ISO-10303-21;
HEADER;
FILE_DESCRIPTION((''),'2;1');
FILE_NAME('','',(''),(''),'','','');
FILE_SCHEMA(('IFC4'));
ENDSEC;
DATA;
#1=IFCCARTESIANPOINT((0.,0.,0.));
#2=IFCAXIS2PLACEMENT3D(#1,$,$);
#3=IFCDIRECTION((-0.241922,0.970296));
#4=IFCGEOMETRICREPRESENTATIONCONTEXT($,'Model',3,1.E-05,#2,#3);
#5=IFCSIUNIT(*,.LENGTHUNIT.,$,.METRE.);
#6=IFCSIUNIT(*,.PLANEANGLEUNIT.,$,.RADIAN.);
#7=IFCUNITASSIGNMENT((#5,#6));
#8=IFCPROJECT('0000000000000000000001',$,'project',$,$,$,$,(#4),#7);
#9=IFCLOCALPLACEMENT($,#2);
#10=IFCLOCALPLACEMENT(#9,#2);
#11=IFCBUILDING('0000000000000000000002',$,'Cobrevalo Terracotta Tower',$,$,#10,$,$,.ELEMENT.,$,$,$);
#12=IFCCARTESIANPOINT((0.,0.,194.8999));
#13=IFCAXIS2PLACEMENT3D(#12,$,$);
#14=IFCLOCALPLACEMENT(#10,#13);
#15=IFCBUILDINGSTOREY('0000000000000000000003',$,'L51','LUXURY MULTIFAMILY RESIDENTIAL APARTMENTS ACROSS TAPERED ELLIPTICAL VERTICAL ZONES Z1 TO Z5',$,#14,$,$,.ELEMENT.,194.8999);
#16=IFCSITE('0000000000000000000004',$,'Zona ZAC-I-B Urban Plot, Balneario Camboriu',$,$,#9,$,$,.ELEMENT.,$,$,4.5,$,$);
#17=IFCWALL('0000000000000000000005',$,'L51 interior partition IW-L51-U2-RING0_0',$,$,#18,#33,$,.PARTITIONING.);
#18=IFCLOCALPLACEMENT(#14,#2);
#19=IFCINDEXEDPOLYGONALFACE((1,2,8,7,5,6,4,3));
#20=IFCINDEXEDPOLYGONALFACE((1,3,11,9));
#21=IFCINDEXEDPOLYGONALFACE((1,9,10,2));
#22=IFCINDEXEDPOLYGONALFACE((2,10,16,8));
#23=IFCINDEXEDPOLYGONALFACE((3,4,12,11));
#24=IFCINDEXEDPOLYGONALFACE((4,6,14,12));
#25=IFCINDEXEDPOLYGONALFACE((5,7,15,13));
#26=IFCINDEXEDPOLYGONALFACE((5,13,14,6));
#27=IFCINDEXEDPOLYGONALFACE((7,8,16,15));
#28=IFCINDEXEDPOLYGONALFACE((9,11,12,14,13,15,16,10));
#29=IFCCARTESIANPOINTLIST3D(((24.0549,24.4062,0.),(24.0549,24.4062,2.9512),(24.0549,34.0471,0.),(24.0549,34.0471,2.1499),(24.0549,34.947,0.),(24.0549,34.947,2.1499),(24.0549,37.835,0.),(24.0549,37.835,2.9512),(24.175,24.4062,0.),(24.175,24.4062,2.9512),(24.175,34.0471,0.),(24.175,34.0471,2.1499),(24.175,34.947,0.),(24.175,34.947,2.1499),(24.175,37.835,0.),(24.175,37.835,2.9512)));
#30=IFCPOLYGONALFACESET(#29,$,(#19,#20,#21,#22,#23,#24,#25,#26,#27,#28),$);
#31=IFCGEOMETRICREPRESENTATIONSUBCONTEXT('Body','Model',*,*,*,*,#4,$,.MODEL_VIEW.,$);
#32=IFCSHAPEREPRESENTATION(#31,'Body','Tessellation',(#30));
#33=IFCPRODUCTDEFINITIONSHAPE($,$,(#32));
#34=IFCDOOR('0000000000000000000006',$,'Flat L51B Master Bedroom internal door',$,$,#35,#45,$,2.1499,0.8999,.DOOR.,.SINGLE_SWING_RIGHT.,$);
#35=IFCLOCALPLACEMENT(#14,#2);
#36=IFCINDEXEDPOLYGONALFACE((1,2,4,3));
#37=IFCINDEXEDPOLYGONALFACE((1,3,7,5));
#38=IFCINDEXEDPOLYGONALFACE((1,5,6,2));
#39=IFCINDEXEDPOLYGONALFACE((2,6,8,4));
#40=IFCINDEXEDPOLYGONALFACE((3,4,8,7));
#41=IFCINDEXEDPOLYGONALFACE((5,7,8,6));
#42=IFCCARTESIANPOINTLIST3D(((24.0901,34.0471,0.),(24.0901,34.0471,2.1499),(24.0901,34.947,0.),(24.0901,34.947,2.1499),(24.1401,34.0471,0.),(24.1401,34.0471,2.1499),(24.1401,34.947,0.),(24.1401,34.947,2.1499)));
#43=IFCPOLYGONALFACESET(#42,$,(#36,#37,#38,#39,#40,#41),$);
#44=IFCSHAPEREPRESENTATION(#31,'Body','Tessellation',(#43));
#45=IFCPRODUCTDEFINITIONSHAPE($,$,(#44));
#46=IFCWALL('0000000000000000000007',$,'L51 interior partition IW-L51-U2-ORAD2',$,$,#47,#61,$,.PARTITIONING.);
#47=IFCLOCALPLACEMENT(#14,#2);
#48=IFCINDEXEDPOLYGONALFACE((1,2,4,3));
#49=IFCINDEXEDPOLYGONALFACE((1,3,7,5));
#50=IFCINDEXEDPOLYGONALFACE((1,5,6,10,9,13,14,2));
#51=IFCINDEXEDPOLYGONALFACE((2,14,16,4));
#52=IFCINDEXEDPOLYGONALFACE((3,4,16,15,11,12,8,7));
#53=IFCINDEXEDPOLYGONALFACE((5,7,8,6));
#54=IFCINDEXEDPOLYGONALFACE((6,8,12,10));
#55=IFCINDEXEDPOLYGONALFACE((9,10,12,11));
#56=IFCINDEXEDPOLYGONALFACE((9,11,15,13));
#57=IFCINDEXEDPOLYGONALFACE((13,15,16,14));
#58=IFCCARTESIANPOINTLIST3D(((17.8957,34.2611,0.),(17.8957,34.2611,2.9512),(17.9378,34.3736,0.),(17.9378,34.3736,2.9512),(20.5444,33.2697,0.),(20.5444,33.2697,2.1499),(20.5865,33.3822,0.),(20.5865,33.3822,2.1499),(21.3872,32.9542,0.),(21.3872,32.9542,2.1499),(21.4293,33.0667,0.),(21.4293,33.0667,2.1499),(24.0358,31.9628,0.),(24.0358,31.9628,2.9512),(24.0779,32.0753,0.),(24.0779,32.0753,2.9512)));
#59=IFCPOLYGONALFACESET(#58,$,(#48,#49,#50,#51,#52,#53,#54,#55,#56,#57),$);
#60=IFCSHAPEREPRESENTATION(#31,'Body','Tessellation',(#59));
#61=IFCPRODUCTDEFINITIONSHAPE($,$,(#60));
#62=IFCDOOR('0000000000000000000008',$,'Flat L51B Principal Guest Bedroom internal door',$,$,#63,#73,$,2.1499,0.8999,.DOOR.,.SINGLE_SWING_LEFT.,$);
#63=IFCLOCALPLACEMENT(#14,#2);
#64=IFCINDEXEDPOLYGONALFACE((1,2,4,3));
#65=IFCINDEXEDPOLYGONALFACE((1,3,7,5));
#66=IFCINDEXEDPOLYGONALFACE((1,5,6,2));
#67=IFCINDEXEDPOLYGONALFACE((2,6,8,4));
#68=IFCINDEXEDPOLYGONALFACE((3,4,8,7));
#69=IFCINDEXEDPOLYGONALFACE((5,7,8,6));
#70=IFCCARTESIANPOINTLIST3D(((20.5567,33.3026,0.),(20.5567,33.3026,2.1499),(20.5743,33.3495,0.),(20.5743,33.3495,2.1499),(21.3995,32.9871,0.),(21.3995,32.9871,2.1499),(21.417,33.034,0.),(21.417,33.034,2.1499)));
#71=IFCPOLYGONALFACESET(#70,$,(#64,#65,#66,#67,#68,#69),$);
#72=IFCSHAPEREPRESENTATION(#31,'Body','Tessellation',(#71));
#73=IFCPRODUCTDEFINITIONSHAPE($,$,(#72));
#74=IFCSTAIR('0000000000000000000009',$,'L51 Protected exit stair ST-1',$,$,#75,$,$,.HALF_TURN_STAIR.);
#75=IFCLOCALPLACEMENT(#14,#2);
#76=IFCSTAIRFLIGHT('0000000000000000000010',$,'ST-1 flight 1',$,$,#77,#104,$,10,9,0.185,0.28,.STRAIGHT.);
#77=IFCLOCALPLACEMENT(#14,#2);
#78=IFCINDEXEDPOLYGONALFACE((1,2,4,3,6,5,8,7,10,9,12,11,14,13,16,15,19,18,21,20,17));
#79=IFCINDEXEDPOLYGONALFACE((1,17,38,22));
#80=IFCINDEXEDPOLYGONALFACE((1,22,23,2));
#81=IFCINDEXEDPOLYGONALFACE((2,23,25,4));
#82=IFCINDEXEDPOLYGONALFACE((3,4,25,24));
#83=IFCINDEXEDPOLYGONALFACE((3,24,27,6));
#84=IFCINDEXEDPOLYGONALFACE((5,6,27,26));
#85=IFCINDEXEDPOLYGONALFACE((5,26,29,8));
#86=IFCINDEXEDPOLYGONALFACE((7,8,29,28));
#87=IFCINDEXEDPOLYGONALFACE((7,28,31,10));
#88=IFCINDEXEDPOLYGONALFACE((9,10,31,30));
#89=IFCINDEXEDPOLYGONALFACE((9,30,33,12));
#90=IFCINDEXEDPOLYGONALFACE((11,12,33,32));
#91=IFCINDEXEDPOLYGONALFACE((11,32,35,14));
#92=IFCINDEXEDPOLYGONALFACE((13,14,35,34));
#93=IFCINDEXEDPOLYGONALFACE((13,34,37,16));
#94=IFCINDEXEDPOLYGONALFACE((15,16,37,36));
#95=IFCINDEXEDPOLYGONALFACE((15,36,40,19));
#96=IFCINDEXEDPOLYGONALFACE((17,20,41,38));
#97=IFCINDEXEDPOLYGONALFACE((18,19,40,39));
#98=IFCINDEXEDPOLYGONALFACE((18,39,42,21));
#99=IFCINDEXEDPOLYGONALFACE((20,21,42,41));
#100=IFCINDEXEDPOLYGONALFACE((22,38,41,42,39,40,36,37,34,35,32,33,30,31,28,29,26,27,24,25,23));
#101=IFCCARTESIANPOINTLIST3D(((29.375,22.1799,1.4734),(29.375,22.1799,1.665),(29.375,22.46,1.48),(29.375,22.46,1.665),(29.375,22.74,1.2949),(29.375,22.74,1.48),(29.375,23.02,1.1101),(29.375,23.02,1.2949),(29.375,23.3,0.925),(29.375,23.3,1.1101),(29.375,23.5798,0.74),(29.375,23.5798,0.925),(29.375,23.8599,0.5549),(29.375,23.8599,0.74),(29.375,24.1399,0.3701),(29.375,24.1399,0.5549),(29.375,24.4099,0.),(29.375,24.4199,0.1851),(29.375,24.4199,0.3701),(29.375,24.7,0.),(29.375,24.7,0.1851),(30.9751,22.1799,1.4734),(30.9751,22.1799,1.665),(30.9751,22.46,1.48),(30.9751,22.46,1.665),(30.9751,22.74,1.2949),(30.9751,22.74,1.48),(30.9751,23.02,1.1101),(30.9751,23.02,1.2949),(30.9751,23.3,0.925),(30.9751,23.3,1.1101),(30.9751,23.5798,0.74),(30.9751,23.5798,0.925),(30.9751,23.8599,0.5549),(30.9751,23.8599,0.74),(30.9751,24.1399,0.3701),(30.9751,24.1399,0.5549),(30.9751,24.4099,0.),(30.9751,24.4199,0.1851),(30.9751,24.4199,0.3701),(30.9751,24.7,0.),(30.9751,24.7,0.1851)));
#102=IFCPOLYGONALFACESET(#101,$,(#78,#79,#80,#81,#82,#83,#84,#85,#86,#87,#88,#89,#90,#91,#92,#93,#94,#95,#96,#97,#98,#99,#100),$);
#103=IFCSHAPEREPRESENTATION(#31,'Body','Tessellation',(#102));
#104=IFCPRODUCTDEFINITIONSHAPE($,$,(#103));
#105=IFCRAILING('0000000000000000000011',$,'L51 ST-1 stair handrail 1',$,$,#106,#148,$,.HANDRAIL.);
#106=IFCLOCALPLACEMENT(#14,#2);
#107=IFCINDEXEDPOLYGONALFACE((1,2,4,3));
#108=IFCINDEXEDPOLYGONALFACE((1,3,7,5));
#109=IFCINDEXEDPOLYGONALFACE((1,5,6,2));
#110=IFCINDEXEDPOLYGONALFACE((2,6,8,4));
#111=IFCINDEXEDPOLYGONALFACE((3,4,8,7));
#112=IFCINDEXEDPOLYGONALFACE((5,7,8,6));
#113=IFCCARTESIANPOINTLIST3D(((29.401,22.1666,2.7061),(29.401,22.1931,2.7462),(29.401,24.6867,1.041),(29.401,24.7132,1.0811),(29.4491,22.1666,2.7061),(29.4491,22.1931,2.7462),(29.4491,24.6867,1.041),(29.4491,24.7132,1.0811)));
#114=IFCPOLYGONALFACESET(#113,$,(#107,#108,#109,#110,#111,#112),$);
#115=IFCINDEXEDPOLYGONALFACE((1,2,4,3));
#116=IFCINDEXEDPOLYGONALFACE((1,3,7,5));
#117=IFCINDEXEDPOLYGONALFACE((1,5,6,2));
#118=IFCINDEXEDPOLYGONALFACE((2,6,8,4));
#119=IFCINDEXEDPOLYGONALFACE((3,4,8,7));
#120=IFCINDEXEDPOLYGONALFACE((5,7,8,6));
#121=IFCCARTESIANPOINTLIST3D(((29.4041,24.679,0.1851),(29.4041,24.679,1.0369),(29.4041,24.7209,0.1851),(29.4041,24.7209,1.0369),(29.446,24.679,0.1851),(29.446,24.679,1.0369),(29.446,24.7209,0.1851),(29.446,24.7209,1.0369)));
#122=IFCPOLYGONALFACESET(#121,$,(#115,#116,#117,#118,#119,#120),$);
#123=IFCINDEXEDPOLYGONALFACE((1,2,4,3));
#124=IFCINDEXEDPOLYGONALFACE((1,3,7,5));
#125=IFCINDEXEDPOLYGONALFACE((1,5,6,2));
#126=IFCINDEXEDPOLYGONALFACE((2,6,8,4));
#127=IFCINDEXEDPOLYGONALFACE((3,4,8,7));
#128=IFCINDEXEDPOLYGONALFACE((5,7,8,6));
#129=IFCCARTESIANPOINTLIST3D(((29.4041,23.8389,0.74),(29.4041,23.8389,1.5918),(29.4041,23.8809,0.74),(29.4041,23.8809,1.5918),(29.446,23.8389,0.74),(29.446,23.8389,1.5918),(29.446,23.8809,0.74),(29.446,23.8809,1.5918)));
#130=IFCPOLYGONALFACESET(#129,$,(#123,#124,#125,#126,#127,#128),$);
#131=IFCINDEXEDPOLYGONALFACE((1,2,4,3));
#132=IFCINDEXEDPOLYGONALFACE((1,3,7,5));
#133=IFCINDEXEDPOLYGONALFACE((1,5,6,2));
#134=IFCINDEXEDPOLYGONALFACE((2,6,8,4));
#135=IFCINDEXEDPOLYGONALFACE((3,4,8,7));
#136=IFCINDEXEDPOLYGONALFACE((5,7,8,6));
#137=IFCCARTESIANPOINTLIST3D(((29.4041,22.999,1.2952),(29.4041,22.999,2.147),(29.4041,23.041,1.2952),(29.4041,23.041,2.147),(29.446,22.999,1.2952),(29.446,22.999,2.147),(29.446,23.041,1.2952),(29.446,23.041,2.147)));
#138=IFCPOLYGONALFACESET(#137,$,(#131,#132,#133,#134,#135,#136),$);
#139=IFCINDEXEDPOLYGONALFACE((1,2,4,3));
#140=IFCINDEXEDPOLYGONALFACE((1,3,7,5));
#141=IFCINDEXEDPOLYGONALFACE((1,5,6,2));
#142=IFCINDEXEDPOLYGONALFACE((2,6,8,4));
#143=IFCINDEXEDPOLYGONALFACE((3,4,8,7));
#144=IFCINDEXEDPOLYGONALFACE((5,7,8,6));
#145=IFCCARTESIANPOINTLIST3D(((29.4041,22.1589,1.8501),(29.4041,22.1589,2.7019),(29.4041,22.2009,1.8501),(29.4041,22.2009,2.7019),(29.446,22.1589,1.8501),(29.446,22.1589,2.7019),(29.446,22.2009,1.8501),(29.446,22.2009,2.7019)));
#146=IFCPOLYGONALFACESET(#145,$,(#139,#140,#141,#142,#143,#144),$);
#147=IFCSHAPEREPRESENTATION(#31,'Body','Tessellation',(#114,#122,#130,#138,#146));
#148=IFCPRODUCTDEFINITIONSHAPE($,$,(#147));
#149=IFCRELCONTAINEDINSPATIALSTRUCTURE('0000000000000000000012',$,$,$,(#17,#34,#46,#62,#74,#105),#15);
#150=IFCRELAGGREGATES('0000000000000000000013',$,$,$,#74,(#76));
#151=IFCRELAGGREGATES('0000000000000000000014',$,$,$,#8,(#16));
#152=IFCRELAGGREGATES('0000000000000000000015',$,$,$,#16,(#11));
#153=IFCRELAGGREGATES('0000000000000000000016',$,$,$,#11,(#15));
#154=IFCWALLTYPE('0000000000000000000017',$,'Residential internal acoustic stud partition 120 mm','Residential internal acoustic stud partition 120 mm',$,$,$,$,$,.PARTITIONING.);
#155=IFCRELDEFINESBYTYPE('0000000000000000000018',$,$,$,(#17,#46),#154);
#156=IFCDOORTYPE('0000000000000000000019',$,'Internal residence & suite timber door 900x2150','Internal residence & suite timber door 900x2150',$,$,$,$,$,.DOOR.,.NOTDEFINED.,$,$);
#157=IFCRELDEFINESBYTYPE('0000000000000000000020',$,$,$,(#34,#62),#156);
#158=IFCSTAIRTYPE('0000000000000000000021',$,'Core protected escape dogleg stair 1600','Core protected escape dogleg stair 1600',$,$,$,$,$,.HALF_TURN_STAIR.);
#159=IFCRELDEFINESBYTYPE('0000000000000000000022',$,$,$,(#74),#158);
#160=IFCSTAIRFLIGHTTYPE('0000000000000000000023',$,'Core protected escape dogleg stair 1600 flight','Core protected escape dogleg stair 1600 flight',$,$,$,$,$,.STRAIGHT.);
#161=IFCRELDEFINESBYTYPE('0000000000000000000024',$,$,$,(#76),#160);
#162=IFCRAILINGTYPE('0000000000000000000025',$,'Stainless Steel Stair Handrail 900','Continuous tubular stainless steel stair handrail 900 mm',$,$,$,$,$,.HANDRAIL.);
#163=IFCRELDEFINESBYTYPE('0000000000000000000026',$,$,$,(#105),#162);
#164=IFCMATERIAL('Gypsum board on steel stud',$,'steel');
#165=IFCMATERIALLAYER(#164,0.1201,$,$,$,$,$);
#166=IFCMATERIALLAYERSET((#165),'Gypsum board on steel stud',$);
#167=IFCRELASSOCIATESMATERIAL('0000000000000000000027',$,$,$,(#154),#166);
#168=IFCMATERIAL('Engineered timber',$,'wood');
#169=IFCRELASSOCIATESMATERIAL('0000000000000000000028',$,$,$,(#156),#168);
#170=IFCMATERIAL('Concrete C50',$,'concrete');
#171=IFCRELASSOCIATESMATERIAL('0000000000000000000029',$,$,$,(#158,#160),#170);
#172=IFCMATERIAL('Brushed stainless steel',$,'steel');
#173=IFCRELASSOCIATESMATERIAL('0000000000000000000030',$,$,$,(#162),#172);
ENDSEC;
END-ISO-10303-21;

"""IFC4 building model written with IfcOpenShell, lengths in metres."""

from ifc_helpers import new_model, si_unit, direction, frame, frame_2d, origin, origin_2d, place, context, subcontext, project, spatial, polyline, rectangle, outline, extrude, source, transform, mapped, material, layer, layer_set, type_object, element, fill, aggregate, save


model = new_model("IFC4")

# Units and contexts
model_context = context("Model", 3, precision=1e-05, world=origin(), true_north=direction((-0.241922, 0.970296)))
body_context = subcontext(model_context, "Body", "Model", "MODEL_VIEW")
ifc_project = project(units=[si_unit("LENGTHUNIT", "METRE"), si_unit("PLANEANGLEUNIT", "RADIAN")], contexts=[model_context])

# Site, building, storey
site_placement = place(None, origin())
site = spatial("IfcSite", under=ifc_project, at=site_placement, Name="Zona ZAC-I-B Urban Plot, Balneario Camboriu", CompositionType="ELEMENT", RefElevation=4.5)
building_placement = place(site_placement, origin())
building = spatial("IfcBuilding", under=site, at=building_placement, Name="Cobrevalo Terracotta Tower", CompositionType="ELEMENT")
storey_placement = place(building_placement, frame((0.0, 0.0, 194.8999)))
storey = spatial("IfcBuildingStorey", under=building, at=storey_placement, Name="L51", Description="LUXURY MULTIFAMILY RESIDENTIAL APARTMENTS ACROSS TAPERED ELLIPTICAL VERTICAL ZONES Z1 TO Z5", CompositionType="ELEMENT", Elevation=194.8999)

# Shared definitions
ifc_material_1 = material(Name="Gypsum board on steel stud", Category="steel")

# Shared definitions
ifc_material_2 = material(Name="Brushed stainless steel", Category="steel")

# Walls, openings, doors
ifc_layer_1 = layer(ifc_material_1, 0.1201)
ifc_layer_set_1 = layer_set([ifc_layer_1], Name="Gypsum board on steel stud")
wall_type_1 = type_object("IfcWallType", Name="Residential internal acoustic stud partition 120 mm", Description="Residential internal acoustic stud partition 120 mm", PredefinedType="PARTITIONING", material=ifc_layer_set_1)
wall_1_placement = place(storey_placement, frame((24.115, 24.4062, 0.0), z_axis=(0.0, 0.0, 1.0), x_axis=(0.0, 1.0, 0.0)))
wall_1 = element("IfcWall", 1, at=wall_1_placement, inside=storey, type_object=wall_type_1, Name="L51 interior partition IW-L51-U2-RING0_0", PredefinedType="PARTITIONING", context=body_context, shape_type="SweptSolid", body=[
    extrude(rectangle(XDim=13.4287, YDim=0.1201, at=frame_2d((6.7144, 0.0))), origin(), (0.0, 0.0, 1.0), 2.9512),
])
opening_1_placement = place(wall_1_placement, frame((9.6409, 0.0, 0.0)))
opening_1 = element("IfcOpeningElement", 2, at=opening_1_placement, cuts=wall_1, PredefinedType="OPENING", context=body_context, shape_type="SweptSolid", body=[
    extrude(rectangle(XDim=0.8999, YDim=2.1499, at=frame_2d((0.45, 1.075))), frame((0.0, 0.0701, 0.0), z_axis=(0.0, -1.0, 0.0), x_axis=(1.0, 0.0, 0.0)), (0.0, 0.0, 1.0), 0.1401),
])
ifc_material_3 = material(Name="Engineered timber", Category="wood")
door_type_1 = type_object("IfcDoorType", Name="Internal residence & suite timber door 900x2150", Description="Internal residence & suite timber door 900x2150", OperationType="NOTDEFINED", PredefinedType="DOOR", material=ifc_material_3)
shared_shape_1 = source(origin(), body_context, "Body", "SweptSolid", [
    extrude(rectangle(XDim=0.8999, YDim=2.1499, at=frame_2d((0.45, 1.075))), frame((0.0, 0.0249, 0.0), z_axis=(0.0, -1.0, 0.0), x_axis=(1.0, 0.0, 0.0)), (0.0, 0.0, 1.0), 0.05),
])
door_1_placement = place(opening_1_placement, origin())
door_1 = element("IfcDoor", 3, at=door_1_placement, inside=storey, type_object=door_type_1, Name="Flat L51B Master Bedroom internal door", OperationType="SINGLE_SWING_RIGHT", OverallHeight=2.1499, OverallWidth=0.8999, PredefinedType="DOOR", context=body_context, shape_type="MappedRepresentation", body=[
    mapped(shared_shape_1, transform((0.0, 0.0, 0.0), scale=1.0)),
])
fill(opening_1, door_1)
wall_2_placement = place(storey_placement, frame((24.0569, 32.019, 0.0), z_axis=(0.0, 0.0, 1.0), x_axis=(-0.93654, 0.35056, 0.0)))
wall_2 = element("IfcWall", 4, at=wall_2_placement, inside=storey, type_object=wall_type_1, Name="L51 interior partition IW-L51-U2-ORAD2", PredefinedType="PARTITIONING", context=body_context, shape_type="SweptSolid", body=[
    extrude(rectangle(XDim=6.5562, YDim=0.1201, at=frame_2d((3.2781, 0.0))), origin(), (0.0, 0.0, 1.0), 2.9512),
])
opening_2_placement = place(wall_2_placement, frame((2.8281, 0.0, 0.0)))
opening_2 = element("IfcOpeningElement", 5, at=opening_2_placement, cuts=wall_2, PredefinedType="OPENING", context=body_context, shape_type="SweptSolid", body=[
    extrude(rectangle(XDim=0.8999, YDim=2.1499, at=frame_2d((0.45, 1.075))), frame((0.0, 0.0701, 0.0), z_axis=(0.0, -1.0, 0.0), x_axis=(1.0, 0.0, 0.0)), (0.0, 0.0, 1.0), 0.1401),
])
door_2_placement = place(opening_2_placement, origin())
door_2 = element("IfcDoor", 6, at=door_2_placement, inside=storey, type_object=door_type_1, Name="Flat L51B Principal Guest Bedroom internal door", OperationType="SINGLE_SWING_LEFT", OverallHeight=2.1499, OverallWidth=0.8999, PredefinedType="DOOR", context=body_context, shape_type="MappedRepresentation", body=[
    mapped(shared_shape_1, transform((0.0, 0.0, 0.0), scale=1.0)),
])
fill(opening_2, door_2)
ifc_material_4 = material(Name="Concrete C50", Category="concrete")

# Stair, stair flight
stair_type = type_object("IfcStairType", Name="Core protected escape dogleg stair 1600", Description="Core protected escape dogleg stair 1600", PredefinedType="HALF_TURN_STAIR", material=ifc_material_4)
stair_placement = place(storey_placement, origin())
stair = element("IfcStair", 7, at=stair_placement, inside=storey, type_object=stair_type, Name="L51 Protected exit stair ST-1", PredefinedType="HALF_TURN_STAIR")
stair_flight_type = type_object("IfcStairFlightType", Name="Core protected escape dogleg stair 1600 flight", Description="Core protected escape dogleg stair 1600 flight", PredefinedType="STRAIGHT", material=ifc_material_4)
stair_flight_placement = place(storey_placement, frame((30.175, 24.7, 0.0), z_axis=(0.0, 0.0, 1.0), x_axis=(0.0, -1.0, 0.0)))
stair_flight = element("IfcStairFlight", 8, at=stair_flight_placement, type_object=stair_flight_type, Name="ST-1 flight 1", NumberOfRisers=10, NumberOfTreads=9, PredefinedType="STRAIGHT", RiserHeight=0.185, TreadLength=0.28, context=body_context, shape_type="SweptSolid", body=[
    extrude(outline(polyline([(0.0, 0.0), (0.0, 0.1851), (0.28, 0.1851), (0.28, 0.3701), (0.5601, 0.3701), (0.5601, 0.5549), (0.8401, 0.5549), (0.8401, 0.74), (1.1201, 0.74), (1.1201, 0.925), (1.3999, 0.925), (1.3999, 1.1101), (1.6799, 1.1101), (1.6799, 1.2949), (1.96, 1.2949), (1.96, 1.48), (2.24, 1.48), (2.24, 1.665), (2.52, 1.665), (2.52, 1.8501), (2.52, 1.4734), (0.29, 0.0), (0.0, 0.0)])), frame((0.0, 0.8, 0.0), z_axis=(0.0, -1.0, 0.0), x_axis=(1.0, 0.0, 0.0)), (0.0, 0.0, 1.0), 1.6001),
])
aggregate(stair, [stair_flight])

# Railing
railing_type_1 = type_object("IfcRailingType", Name="Stainless Steel Stair Handrail 900", Description="Continuous tubular stainless steel stair handrail 900 mm", PredefinedType="HANDRAIL", material=ifc_material_2)
railing_1_placement = place(storey_placement, frame((29.425, 24.7, 0.1851)))
element("IfcRailing", 9, at=railing_1_placement, inside=storey, type_object=railing_type_1, Name="L51 ST-1 stair handrail 1", PredefinedType="HANDRAIL", context=body_context, shape_type="SweptSolid", body=[
    extrude(rectangle(XDim=0.0481, YDim=0.0481, at=origin_2d()), frame((0.0, 0.0, 0.876), z_axis=(0.0, -0.834331, 0.551263), x_axis=(1.0, 0.0, 0.0)), (0.0, 0.0, 1.0), 3.0205),
    extrude(rectangle(XDim=0.042, YDim=0.042, at=origin_2d()), origin(), (0.0, 0.0, 1.0), 0.8518),
    extrude(rectangle(XDim=0.042, YDim=0.042, at=origin_2d()), frame((0.0, -0.8401, 0.5549)), (0.0, 0.0, 1.0), 0.8518),
    extrude(rectangle(XDim=0.042, YDim=0.042, at=origin_2d()), frame((0.0, -1.6799, 1.1101)), (0.0, 0.0, 1.0), 0.8518),
    extrude(rectangle(XDim=0.042, YDim=0.042, at=origin_2d()), frame((0.0, -2.52, 1.665)), (0.0, 0.0, 1.0), 0.8518),
])

save(model, "model.ifc")
